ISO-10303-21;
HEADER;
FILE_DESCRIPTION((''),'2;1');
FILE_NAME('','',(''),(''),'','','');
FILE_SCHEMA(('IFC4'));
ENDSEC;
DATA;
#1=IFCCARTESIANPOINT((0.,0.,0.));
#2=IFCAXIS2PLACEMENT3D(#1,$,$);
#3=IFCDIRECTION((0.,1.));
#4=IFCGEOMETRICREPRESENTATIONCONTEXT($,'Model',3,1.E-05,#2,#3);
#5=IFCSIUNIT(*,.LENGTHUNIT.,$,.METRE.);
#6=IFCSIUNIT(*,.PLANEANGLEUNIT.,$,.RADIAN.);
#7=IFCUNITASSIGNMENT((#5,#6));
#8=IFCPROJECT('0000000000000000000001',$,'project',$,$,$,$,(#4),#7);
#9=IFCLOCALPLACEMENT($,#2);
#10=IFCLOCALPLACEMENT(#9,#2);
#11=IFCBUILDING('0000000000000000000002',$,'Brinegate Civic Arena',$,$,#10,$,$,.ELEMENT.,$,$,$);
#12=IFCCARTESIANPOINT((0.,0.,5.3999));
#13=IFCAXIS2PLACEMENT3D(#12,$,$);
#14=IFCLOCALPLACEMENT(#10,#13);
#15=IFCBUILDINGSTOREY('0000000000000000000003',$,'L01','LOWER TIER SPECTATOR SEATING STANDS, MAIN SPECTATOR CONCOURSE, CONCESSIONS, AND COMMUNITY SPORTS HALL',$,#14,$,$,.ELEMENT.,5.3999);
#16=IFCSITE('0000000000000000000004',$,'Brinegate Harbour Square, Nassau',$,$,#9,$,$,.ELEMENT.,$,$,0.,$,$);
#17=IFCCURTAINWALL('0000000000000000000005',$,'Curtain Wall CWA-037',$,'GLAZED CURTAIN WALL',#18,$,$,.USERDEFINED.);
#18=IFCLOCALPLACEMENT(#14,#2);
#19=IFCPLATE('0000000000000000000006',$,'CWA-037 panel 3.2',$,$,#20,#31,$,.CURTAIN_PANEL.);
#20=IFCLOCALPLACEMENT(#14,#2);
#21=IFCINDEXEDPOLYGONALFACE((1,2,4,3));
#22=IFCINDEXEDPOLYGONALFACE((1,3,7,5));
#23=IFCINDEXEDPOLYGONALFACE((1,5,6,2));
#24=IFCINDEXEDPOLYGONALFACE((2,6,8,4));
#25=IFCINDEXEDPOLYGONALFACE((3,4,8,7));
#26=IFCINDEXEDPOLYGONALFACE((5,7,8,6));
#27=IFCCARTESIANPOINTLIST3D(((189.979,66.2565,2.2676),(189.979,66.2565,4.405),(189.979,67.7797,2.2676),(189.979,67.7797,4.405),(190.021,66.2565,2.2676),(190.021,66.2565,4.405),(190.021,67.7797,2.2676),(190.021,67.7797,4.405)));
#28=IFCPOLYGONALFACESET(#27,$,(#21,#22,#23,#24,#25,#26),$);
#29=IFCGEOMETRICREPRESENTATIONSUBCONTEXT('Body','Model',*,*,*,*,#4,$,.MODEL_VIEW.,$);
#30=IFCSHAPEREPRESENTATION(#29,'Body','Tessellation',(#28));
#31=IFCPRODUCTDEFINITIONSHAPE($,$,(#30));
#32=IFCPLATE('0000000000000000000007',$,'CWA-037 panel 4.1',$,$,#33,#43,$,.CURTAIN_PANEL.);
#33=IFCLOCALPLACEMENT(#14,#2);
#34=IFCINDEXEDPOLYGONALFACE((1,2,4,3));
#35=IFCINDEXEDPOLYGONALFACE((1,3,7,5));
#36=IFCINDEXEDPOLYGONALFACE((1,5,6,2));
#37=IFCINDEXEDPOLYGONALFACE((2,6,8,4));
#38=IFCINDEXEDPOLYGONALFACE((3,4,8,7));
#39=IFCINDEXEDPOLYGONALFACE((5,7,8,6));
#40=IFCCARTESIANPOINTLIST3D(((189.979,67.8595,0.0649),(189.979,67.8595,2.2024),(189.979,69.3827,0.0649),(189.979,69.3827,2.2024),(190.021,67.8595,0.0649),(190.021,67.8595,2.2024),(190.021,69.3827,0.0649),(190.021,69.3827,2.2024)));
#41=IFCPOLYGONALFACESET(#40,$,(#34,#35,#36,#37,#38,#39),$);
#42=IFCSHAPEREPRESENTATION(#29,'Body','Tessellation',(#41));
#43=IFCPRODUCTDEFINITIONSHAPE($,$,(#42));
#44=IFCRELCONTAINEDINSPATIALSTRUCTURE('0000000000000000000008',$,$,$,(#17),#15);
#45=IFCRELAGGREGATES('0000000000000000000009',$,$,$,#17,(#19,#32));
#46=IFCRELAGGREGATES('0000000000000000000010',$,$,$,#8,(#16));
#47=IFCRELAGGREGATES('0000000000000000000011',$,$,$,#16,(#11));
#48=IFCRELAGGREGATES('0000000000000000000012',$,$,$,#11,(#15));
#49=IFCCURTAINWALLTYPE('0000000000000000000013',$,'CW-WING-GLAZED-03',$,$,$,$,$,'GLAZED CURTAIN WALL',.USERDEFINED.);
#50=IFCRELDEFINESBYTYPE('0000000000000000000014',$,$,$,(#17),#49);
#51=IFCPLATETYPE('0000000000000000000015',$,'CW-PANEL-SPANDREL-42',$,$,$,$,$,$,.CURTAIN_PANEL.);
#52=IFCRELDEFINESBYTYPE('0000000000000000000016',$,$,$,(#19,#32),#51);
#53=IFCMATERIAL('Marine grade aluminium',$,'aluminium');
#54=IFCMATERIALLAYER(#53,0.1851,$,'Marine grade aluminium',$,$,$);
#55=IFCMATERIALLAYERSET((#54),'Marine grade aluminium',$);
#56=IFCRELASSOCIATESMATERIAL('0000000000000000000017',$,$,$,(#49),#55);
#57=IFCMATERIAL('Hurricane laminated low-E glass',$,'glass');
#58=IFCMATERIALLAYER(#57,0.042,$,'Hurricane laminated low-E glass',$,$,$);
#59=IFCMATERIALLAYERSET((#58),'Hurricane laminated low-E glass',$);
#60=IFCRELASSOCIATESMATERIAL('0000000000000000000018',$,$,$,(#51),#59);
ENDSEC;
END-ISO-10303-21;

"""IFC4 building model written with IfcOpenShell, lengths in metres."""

from ifc_helpers import new_model, si_unit, direction, frame, origin, origin_2d, place, context, subcontext, project, spatial, rectangle, extrude, material, layer, layer_set, type_object, element, aggregate, save


model = new_model("IFC4")

# Units and contexts
model_context = context("Model", 3, precision=1e-05, world=origin(), true_north=direction((0.0, 1.0)))
body_context = subcontext(model_context, "Body", "Model", "MODEL_VIEW")
ifc_project = project(units=[si_unit("LENGTHUNIT", "METRE"), si_unit("PLANEANGLEUNIT", "RADIAN")], contexts=[model_context])

# Site, building, storey
site_placement = place(None, origin())
site = spatial("IfcSite", under=ifc_project, at=site_placement, Name="Brinegate Harbour Square, Nassau", CompositionType="ELEMENT", RefElevation=0.0)
building_placement = place(site_placement, origin())
building = spatial("IfcBuilding", under=site, at=building_placement, Name="Brinegate Civic Arena", CompositionType="ELEMENT")
storey_placement = place(building_placement, frame((0.0, 0.0, 5.3999)))
storey = spatial("IfcBuildingStorey", under=building, at=storey_placement, Name="L01", Description="LOWER TIER SPECTATOR SEATING STANDS, MAIN SPECTATOR CONCOURSE, CONCESSIONS, AND COMMUNITY SPORTS HALL", CompositionType="ELEMENT", Elevation=5.3999)

# Curtain wall
ifc_material_1 = material(Name="Marine grade aluminium", Category="aluminium")
ifc_layer_1 = layer(ifc_material_1, 0.1851, Name="Marine grade aluminium")
ifc_layer_set_1 = layer_set([ifc_layer_1], Name="Marine grade aluminium")
curtain_wall_type = type_object("IfcCurtainWallType", Name="CW-WING-GLAZED-03", ElementType="GLAZED CURTAIN WALL", PredefinedType="USERDEFINED", material=ifc_layer_set_1)
curtain_wall_placement = place(storey_placement, origin())
curtain_wall = element("IfcCurtainWall", 1, at=curtain_wall_placement, inside=storey, type_object=curtain_wall_type, Name="Curtain Wall CWA-037", ObjectType="GLAZED CURTAIN WALL", PredefinedType="USERDEFINED")

# Plates
ifc_material_2 = material(Name="Hurricane laminated low-E glass", Category="glass")
ifc_layer_2 = layer(ifc_material_2, 0.042, Name="Hurricane laminated low-E glass")
ifc_layer_set_2 = layer_set([ifc_layer_2], Name="Hurricane laminated low-E glass")
plate_type = type_object("IfcPlateType", Name="CW-PANEL-SPANDREL-42", PredefinedType="CURTAIN_PANEL", material=ifc_layer_set_2)
plate_1_placement = place(storey_placement, frame((190.0, 67.0181, 2.2676), z_axis=(0.0, 0.0, 1.0), x_axis=(0.0, 1.0, 0.0)))
plate_1 = element("IfcPlate", 2, at=plate_1_placement, type_object=plate_type, Name="CWA-037 panel 3.2", PredefinedType="CURTAIN_PANEL", context=body_context, shape_type="SweptSolid", body=[
    extrude(rectangle(XDim=1.5232, YDim=0.042, at=origin_2d()), origin(), (0.0, 0.0, 1.0), 2.1375),
])
plate_2_placement = place(storey_placement, frame((190.0, 68.6211, 0.0649), z_axis=(0.0, 0.0, 1.0), x_axis=(0.0, 1.0, 0.0)))
plate_2 = element("IfcPlate", 3, at=plate_2_placement, type_object=plate_type, Name="CWA-037 panel 4.1", PredefinedType="CURTAIN_PANEL", context=body_context, shape_type="SweptSolid", body=[
    extrude(rectangle(XDim=1.5232, YDim=0.042, at=origin_2d()), origin(), (0.0, 0.0, 1.0), 2.1375),
])
aggregate(curtain_wall, [plate_1, plate_2])

save(model, "model.ifc")
